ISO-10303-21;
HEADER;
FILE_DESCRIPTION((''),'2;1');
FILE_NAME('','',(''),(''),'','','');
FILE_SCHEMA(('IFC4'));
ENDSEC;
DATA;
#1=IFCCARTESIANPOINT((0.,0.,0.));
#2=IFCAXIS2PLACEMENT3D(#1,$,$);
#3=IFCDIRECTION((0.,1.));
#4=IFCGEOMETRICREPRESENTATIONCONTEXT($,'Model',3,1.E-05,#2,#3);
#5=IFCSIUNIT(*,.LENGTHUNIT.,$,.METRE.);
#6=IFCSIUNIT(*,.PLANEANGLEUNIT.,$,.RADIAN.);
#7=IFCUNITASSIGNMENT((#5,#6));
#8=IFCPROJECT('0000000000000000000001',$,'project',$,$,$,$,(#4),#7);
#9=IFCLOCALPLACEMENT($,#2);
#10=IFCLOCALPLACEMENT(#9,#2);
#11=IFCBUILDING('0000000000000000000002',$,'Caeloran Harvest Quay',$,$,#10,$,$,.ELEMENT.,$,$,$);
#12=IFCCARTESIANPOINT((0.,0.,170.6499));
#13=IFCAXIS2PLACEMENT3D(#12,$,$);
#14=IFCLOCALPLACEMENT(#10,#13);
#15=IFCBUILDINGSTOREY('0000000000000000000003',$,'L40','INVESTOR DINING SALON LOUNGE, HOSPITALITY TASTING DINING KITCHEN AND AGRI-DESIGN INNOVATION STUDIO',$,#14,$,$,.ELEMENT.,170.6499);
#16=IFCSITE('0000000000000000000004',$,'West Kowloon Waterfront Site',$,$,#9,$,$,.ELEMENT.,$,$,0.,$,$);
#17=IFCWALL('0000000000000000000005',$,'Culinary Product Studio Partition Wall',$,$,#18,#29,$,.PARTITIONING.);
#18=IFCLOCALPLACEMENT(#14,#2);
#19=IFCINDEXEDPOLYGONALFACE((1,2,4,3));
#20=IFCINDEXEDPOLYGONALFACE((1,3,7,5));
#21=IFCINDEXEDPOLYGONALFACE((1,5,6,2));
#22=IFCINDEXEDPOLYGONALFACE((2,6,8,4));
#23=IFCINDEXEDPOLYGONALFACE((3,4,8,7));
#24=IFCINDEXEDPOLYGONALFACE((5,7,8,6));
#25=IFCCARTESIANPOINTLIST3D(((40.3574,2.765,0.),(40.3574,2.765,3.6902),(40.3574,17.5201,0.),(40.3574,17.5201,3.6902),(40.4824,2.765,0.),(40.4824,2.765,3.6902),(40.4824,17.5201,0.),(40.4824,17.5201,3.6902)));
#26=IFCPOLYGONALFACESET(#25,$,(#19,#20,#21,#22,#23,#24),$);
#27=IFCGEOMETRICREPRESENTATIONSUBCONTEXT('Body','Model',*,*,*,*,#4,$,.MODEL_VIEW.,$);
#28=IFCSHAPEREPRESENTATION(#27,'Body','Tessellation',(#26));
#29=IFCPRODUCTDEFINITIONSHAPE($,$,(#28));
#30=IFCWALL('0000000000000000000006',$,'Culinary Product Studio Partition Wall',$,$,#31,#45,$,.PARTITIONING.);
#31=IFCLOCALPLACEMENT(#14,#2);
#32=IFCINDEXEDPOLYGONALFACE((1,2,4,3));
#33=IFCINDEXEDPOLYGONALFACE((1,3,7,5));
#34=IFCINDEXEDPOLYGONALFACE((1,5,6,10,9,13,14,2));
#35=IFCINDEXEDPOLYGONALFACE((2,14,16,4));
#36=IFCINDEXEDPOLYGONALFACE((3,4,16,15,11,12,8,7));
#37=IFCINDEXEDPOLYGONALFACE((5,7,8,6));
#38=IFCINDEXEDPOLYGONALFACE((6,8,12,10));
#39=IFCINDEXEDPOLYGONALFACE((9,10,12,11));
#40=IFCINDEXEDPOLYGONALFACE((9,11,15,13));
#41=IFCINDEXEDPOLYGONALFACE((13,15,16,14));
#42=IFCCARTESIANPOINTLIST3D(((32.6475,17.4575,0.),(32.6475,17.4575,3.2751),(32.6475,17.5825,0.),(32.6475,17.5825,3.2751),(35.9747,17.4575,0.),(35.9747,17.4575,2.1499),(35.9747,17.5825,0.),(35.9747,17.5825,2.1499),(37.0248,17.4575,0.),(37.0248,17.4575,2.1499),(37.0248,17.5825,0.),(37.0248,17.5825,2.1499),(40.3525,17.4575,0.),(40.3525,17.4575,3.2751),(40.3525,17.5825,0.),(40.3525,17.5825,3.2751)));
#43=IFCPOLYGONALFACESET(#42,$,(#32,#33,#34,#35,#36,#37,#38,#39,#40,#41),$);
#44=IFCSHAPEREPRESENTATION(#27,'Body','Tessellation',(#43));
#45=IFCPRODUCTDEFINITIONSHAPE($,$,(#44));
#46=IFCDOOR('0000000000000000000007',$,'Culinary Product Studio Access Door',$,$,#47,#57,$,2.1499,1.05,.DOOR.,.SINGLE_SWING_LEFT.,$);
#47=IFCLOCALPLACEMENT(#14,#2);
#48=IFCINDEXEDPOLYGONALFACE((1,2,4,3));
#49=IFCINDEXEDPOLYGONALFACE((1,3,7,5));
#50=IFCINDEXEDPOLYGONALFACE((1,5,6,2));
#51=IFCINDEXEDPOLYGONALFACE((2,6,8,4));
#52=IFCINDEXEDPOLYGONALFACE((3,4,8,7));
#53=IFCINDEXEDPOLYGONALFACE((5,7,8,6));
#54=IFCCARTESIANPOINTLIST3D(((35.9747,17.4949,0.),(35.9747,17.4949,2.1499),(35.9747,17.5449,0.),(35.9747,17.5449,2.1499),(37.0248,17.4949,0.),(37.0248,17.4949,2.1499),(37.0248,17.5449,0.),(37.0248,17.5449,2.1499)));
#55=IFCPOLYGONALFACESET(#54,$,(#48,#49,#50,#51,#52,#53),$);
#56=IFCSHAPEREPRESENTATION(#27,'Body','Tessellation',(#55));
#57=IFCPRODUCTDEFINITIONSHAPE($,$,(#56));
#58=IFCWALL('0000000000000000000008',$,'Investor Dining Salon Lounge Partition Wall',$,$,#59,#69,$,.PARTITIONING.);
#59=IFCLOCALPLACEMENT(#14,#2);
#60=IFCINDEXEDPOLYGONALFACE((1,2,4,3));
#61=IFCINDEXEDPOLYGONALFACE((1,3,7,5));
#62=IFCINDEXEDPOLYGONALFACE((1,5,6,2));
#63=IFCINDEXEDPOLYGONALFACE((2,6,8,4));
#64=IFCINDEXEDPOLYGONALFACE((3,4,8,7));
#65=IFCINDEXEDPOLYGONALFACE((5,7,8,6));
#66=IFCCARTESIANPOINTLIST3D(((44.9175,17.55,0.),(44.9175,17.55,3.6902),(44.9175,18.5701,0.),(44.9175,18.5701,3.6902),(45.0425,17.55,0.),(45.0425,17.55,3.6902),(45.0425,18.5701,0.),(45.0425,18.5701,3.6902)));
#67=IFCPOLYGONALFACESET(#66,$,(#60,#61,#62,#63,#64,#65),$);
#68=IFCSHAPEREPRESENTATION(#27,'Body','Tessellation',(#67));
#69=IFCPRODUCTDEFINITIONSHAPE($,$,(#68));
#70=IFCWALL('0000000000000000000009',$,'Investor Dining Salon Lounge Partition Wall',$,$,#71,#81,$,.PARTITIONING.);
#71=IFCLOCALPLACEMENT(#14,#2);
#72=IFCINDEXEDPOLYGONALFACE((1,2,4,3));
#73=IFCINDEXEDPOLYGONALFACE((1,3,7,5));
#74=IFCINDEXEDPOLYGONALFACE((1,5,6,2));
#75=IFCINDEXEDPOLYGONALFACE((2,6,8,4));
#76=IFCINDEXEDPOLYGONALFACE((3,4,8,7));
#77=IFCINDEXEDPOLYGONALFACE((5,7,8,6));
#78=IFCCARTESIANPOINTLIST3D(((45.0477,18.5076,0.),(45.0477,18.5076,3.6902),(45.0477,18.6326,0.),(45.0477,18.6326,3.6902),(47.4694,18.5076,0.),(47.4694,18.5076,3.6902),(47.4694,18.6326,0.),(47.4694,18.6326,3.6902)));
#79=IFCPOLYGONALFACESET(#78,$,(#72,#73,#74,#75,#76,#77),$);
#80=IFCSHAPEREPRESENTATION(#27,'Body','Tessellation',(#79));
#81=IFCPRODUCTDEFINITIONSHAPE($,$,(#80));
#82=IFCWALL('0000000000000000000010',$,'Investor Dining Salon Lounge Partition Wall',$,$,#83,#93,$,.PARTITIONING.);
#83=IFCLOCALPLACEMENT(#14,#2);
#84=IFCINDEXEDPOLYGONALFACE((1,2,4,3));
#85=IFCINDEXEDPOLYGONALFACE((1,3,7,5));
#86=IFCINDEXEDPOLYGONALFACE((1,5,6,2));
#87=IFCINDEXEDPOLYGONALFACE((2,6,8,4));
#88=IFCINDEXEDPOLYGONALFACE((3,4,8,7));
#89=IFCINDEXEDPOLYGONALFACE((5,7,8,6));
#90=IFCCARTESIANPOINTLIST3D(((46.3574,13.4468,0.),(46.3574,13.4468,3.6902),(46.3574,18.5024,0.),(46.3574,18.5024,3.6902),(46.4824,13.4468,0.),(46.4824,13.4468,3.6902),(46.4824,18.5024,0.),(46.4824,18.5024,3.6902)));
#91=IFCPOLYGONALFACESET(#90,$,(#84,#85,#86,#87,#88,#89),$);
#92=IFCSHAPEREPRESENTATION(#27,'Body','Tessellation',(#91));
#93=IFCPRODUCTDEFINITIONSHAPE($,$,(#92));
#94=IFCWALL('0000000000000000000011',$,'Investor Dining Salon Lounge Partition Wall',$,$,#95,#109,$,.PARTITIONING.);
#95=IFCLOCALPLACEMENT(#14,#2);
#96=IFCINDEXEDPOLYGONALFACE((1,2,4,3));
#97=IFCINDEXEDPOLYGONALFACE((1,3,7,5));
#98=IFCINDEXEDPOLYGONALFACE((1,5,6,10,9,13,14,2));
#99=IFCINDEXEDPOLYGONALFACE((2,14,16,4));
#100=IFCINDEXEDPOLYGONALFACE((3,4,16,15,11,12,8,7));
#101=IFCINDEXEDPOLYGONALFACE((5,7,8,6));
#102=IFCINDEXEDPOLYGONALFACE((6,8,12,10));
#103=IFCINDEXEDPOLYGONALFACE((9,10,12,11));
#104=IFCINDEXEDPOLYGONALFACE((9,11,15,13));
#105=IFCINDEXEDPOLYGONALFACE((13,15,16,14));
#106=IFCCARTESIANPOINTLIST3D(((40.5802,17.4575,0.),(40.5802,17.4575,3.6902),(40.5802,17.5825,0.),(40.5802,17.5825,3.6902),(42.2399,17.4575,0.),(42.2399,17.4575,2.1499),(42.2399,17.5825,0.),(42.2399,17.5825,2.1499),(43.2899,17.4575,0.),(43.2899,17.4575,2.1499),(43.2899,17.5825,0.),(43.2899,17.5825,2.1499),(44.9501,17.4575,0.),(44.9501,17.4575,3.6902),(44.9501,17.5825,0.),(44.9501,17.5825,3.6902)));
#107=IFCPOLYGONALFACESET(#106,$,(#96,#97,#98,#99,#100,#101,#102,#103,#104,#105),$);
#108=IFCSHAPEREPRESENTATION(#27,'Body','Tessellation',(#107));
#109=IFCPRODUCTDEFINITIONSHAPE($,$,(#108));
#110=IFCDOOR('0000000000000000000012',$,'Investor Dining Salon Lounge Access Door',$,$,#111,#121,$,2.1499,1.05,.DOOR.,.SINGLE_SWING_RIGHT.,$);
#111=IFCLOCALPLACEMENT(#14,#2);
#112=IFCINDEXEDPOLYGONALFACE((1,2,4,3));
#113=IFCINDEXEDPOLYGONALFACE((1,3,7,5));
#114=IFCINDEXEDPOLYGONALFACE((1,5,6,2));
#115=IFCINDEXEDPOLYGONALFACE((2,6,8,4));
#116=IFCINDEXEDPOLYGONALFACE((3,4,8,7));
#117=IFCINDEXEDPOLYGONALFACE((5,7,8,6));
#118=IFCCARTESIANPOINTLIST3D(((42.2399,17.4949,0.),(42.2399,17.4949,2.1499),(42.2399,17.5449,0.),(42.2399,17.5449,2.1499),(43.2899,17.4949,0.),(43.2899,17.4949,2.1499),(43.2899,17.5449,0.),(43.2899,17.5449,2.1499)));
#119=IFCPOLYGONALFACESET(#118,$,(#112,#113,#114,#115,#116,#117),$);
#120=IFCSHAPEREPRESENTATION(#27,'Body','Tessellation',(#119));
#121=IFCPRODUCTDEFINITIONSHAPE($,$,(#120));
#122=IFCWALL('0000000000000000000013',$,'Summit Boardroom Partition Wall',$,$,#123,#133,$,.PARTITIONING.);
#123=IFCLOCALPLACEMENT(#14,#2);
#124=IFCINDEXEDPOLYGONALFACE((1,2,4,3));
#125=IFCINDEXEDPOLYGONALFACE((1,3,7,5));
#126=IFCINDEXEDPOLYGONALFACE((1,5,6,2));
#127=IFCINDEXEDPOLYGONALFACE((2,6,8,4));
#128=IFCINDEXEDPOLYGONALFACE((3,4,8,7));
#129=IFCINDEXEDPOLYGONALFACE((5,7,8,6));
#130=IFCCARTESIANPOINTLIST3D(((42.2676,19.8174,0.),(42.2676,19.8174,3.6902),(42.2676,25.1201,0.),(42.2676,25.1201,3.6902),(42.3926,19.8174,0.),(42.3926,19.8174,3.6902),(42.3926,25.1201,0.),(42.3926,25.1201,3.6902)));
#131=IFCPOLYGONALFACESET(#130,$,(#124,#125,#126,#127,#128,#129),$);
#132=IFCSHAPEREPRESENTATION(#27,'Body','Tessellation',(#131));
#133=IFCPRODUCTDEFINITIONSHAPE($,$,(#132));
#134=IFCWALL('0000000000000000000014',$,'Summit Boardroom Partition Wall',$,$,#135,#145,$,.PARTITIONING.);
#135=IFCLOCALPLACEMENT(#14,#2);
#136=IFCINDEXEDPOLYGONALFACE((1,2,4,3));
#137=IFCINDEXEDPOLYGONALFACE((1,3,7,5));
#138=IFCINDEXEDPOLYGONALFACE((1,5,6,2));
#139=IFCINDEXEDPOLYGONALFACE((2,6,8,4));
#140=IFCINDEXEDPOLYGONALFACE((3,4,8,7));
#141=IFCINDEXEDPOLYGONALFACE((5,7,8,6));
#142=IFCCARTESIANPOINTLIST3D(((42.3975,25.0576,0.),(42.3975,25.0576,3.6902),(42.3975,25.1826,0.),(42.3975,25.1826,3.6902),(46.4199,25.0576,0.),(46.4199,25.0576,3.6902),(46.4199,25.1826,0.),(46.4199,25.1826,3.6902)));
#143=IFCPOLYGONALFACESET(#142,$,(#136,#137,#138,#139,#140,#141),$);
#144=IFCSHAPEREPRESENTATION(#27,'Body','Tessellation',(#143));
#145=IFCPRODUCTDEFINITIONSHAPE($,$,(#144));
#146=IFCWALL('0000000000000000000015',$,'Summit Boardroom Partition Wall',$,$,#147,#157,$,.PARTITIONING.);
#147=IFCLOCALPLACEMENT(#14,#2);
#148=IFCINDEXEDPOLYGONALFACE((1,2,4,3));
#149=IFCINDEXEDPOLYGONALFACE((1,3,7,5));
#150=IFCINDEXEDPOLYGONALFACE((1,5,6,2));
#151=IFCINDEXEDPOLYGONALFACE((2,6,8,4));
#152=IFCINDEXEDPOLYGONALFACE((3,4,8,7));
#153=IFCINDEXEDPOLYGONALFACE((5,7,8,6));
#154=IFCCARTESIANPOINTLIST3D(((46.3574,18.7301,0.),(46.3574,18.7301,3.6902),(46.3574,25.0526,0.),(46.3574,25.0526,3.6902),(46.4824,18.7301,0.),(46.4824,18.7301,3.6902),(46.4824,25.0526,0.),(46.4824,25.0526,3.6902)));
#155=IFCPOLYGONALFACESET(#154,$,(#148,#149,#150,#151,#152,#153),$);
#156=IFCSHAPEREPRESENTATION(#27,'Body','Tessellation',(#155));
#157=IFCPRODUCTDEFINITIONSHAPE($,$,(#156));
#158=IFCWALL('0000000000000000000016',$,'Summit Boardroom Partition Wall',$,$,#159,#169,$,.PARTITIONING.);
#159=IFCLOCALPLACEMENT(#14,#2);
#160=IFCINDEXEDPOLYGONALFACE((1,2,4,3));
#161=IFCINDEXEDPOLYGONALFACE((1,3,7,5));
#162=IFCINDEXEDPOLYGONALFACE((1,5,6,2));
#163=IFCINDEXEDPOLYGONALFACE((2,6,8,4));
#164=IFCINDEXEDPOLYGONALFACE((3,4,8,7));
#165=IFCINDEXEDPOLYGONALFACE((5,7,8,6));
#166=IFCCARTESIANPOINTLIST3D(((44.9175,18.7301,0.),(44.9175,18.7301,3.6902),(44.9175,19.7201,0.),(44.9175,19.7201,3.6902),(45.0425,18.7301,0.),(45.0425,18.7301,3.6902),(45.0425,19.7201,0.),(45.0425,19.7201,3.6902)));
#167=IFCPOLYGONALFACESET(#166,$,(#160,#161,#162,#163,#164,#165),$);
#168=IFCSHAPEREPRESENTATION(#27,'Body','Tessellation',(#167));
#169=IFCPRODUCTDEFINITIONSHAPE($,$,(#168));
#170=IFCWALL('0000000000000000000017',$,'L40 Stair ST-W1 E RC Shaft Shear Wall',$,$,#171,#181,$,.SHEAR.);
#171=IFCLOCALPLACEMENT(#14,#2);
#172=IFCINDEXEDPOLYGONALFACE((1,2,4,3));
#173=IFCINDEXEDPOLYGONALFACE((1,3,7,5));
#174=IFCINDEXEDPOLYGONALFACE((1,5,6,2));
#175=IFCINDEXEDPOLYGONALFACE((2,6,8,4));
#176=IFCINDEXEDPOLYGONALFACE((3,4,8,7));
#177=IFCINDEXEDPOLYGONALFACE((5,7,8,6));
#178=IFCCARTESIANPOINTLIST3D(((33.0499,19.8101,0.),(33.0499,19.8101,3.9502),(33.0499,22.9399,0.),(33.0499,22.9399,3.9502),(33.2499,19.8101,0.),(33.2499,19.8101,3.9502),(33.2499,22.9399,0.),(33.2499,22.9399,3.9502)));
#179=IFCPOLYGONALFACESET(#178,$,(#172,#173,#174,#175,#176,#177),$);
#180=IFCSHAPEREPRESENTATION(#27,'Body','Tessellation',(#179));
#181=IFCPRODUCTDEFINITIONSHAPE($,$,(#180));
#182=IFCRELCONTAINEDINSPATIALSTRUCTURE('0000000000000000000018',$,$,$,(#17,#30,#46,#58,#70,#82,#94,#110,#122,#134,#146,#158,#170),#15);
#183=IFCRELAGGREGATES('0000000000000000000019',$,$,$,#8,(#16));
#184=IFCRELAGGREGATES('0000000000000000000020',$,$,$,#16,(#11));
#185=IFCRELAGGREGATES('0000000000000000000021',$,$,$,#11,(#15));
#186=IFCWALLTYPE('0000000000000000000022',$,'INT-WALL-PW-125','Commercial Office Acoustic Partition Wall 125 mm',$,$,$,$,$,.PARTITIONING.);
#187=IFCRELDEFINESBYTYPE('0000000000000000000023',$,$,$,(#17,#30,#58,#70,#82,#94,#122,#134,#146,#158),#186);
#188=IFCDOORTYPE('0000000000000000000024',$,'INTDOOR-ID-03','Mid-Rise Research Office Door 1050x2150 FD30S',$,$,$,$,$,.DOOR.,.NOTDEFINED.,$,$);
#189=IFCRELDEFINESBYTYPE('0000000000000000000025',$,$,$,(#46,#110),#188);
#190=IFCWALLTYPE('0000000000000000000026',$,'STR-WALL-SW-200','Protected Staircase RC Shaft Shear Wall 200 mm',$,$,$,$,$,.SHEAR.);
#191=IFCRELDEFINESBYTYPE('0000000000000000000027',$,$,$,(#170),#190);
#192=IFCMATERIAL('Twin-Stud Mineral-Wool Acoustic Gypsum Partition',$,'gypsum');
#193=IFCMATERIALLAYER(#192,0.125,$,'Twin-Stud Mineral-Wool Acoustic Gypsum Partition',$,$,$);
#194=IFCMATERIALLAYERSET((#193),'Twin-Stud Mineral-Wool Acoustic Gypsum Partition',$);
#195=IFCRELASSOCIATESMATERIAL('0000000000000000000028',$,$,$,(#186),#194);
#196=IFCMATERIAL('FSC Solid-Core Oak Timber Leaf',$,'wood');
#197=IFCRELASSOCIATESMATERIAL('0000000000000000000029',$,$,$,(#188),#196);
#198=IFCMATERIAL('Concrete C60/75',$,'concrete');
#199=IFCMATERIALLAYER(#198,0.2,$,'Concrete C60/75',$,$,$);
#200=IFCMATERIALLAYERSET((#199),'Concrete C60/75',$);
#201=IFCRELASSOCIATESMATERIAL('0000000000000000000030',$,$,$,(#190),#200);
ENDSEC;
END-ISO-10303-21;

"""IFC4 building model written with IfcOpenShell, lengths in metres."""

from ifc_helpers import new_model, si_unit, direction, frame, frame_2d, origin, place, context, subcontext, project, spatial, rectangle, extrude, material, layer, layer_set, type_object, element, fill, save


model = new_model("IFC4")

# Units and contexts
model_context = context("Model", 3, precision=1e-05, world=origin(), true_north=direction((0.0, 1.0)))
body_context = subcontext(model_context, "Body", "Model", "MODEL_VIEW")
ifc_project = project(units=[si_unit("LENGTHUNIT", "METRE"), si_unit("PLANEANGLEUNIT", "RADIAN")], contexts=[model_context])

# Site, building, storey
site_placement = place(None, origin())
site = spatial("IfcSite", under=ifc_project, at=site_placement, Name="West Kowloon Waterfront Site", CompositionType="ELEMENT", RefElevation=0.0)
building_placement = place(site_placement, origin())
building = spatial("IfcBuilding", under=site, at=building_placement, Name="Caeloran Harvest Quay", CompositionType="ELEMENT")
storey_placement = place(building_placement, frame((0.0, 0.0, 170.6499)))
storey = spatial("IfcBuildingStorey", under=building, at=storey_placement, Name="L40", Description="INVESTOR DINING SALON LOUNGE, HOSPITALITY TASTING DINING KITCHEN AND AGRI-DESIGN INNOVATION STUDIO", CompositionType="ELEMENT", Elevation=170.6499)

# Wall
ifc_material_1 = material(Name="Twin-Stud Mineral-Wool Acoustic Gypsum Partition", Category="gypsum")
ifc_layer_1 = layer(ifc_material_1, 0.125, Name="Twin-Stud Mineral-Wool Acoustic Gypsum Partition")
ifc_layer_set_1 = layer_set([ifc_layer_1], Name="Twin-Stud Mineral-Wool Acoustic Gypsum Partition")
wall_type_1 = type_object("IfcWallType", Name="INT-WALL-PW-125", Description="Commercial Office Acoustic Partition Wall 125 mm", PredefinedType="PARTITIONING", material=ifc_layer_set_1)
wall_1_placement = place(storey_placement, frame((40.4199, 17.52, 0.0), z_axis=(0.0, 0.0, 1.0), x_axis=(0.0, -1.0, 0.0)))
element("IfcWall", 1, at=wall_1_placement, inside=storey, type_object=wall_type_1, Name="Culinary Product Studio Partition Wall", PredefinedType="PARTITIONING", context=body_context, shape_type="SweptSolid", body=[
    extrude(rectangle(XDim=14.7551, YDim=0.125, at=frame_2d((7.3774, 0.0))), origin(), (0.0, 0.0, 1.0), 3.6902),
])

# Wall, opening, door
wall_2_placement = place(storey_placement, frame((32.6475, 17.52, 0.0), z_axis=(0.0, 0.0, 1.0), x_axis=(1.0, 0.0, 0.0)))
wall_2 = element("IfcWall", 2, at=wall_2_placement, inside=storey, type_object=wall_type_1, Name="Culinary Product Studio Partition Wall", PredefinedType="PARTITIONING", context=body_context, shape_type="SweptSolid", body=[
    extrude(rectangle(XDim=7.7051, YDim=0.125, at=frame_2d((3.8525, 0.0))), origin(), (0.0, 0.0, 1.0), 3.2751),
])
opening_1_placement = place(wall_2_placement, frame((3.3274, 0.0, 0.0)))
opening_1 = element("IfcOpeningElement", 3, at=opening_1_placement, cuts=wall_2, PredefinedType="OPENING", context=body_context, shape_type="SweptSolid", body=[
    extrude(rectangle(XDim=1.05, YDim=2.1499, at=frame_2d((0.5249, 1.075))), frame((0.0, 0.0725, 0.0), z_axis=(0.0, -1.0, 0.0), x_axis=(1.0, 0.0, 0.0)), (0.0, 0.0, 1.0), 0.145),
])
ifc_material_2 = material(Name="FSC Solid-Core Oak Timber Leaf", Category="wood")
door_type = type_object("IfcDoorType", Name="INTDOOR-ID-03", Description="Mid-Rise Research Office Door 1050x2150 FD30S", OperationType="NOTDEFINED", PredefinedType="DOOR", material=ifc_material_2)
door_1_placement = place(opening_1_placement, origin())
door_1 = element("IfcDoor", 4, at=door_1_placement, inside=storey, type_object=door_type, Name="Culinary Product Studio Access Door", OperationType="SINGLE_SWING_LEFT", OverallHeight=2.1499, OverallWidth=1.05, PredefinedType="DOOR", context=body_context, shape_type="SweptSolid", body=[
    extrude(rectangle(XDim=1.05, YDim=2.1499, at=frame_2d((0.5249, 1.075))), frame((0.0, 0.0249, 0.0), z_axis=(0.0, -1.0, 0.0), x_axis=(1.0, 0.0, 0.0)), (0.0, 0.0, 1.0), 0.05),
])
fill(opening_1, door_1)

# Walls
wall_3_placement = place(storey_placement, frame((44.98, 17.55, 0.0), z_axis=(0.0, 0.0, 1.0), x_axis=(0.0, 1.0, 0.0)))
element("IfcWall", 5, at=wall_3_placement, inside=storey, type_object=wall_type_1, Name="Investor Dining Salon Lounge Partition Wall", PredefinedType="PARTITIONING", context=body_context, shape_type="SweptSolid", body=[
    extrude(rectangle(XDim=1.02, YDim=0.125, at=frame_2d((0.51, 0.0))), origin(), (0.0, 0.0, 1.0), 3.6902),
])
wall_4_placement = place(storey_placement, frame((45.0476, 18.5701, 0.0), z_axis=(0.0, 0.0, 1.0), x_axis=(1.0, 0.0, 0.0)))
element("IfcWall", 6, at=wall_4_placement, inside=storey, type_object=wall_type_1, Name="Investor Dining Salon Lounge Partition Wall", PredefinedType="PARTITIONING", context=body_context, shape_type="SweptSolid", body=[
    extrude(rectangle(XDim=2.4216, YDim=0.125, at=frame_2d((1.2109, 0.0))), origin(), (0.0, 0.0, 1.0), 3.6902),
])
wall_5_placement = place(storey_placement, frame((46.4199, 18.5024, 0.0), z_axis=(0.0, 0.0, 1.0), x_axis=(0.0, -1.0, 0.0)))
element("IfcWall", 7, at=wall_5_placement, inside=storey, type_object=wall_type_1, Name="Investor Dining Salon Lounge Partition Wall", PredefinedType="PARTITIONING", context=body_context, shape_type="SweptSolid", body=[
    extrude(rectangle(XDim=5.0557, YDim=0.125, at=frame_2d((2.5278, 0.0))), origin(), (0.0, 0.0, 1.0), 3.6902),
])

# Wall, opening, door
wall_6_placement = place(storey_placement, frame((40.5801, 17.52, 0.0), z_axis=(0.0, 0.0, 1.0), x_axis=(1.0, 0.0, 0.0)))
wall_6 = element("IfcWall", 8, at=wall_6_placement, inside=storey, type_object=wall_type_1, Name="Investor Dining Salon Lounge Partition Wall", PredefinedType="PARTITIONING", context=body_context, shape_type="SweptSolid", body=[
    extrude(rectangle(XDim=4.3699, YDim=0.125, at=frame_2d((2.1851, 0.0))), origin(), (0.0, 0.0, 1.0), 3.6902),
])
opening_2_placement = place(wall_6_placement, frame((1.6599, 0.0, 0.0)))
opening_2 = element("IfcOpeningElement", 9, at=opening_2_placement, cuts=wall_6, PredefinedType="OPENING", context=body_context, shape_type="SweptSolid", body=[
    extrude(rectangle(XDim=1.05, YDim=2.1499, at=frame_2d((0.5249, 1.075))), frame((0.0, 0.0725, 0.0), z_axis=(0.0, -1.0, 0.0), x_axis=(1.0, 0.0, 0.0)), (0.0, 0.0, 1.0), 0.145),
])
door_2_placement = place(opening_2_placement, origin())
door_2 = element("IfcDoor", 10, at=door_2_placement, inside=storey, type_object=door_type, Name="Investor Dining Salon Lounge Access Door", OperationType="SINGLE_SWING_RIGHT", OverallHeight=2.1499, OverallWidth=1.05, PredefinedType="DOOR", context=body_context, shape_type="SweptSolid", body=[
    extrude(rectangle(XDim=1.05, YDim=2.1499, at=frame_2d((0.5249, 1.075))), frame((0.0, 0.0249, 0.0), z_axis=(0.0, -1.0, 0.0), x_axis=(1.0, 0.0, 0.0)), (0.0, 0.0, 1.0), 0.05),
])
fill(opening_2, door_2)

# Walls
wall_7_placement = place(storey_placement, frame((42.3301, 19.8174, 0.0), z_axis=(0.0, 0.0, 1.0), x_axis=(0.0, 1.0, 0.0)))
element("IfcWall", 11, at=wall_7_placement, inside=storey, type_object=wall_type_1, Name="Summit Boardroom Partition Wall", PredefinedType="PARTITIONING", context=body_context, shape_type="SweptSolid", body=[
    extrude(rectangle(XDim=5.3027, YDim=0.125, at=frame_2d((2.6514, 0.0))), origin(), (0.0, 0.0, 1.0), 3.6902),
])
wall_8_placement = place(storey_placement, frame((42.3975, 25.1201, 0.0), z_axis=(0.0, 0.0, 1.0), x_axis=(1.0, 0.0, 0.0)))
element("IfcWall", 12, at=wall_8_placement, inside=storey, type_object=wall_type_1, Name="Summit Boardroom Partition Wall", PredefinedType="PARTITIONING", context=body_context, shape_type="SweptSolid", body=[
    extrude(rectangle(XDim=4.0225, YDim=0.125, at=frame_2d((2.0112, 0.0))), origin(), (0.0, 0.0, 1.0), 3.6902),
])
wall_9_placement = place(storey_placement, frame((46.4199, 25.0525, 0.0), z_axis=(0.0, 0.0, 1.0), x_axis=(0.0, -1.0, 0.0)))
element("IfcWall", 13, at=wall_9_placement, inside=storey, type_object=wall_type_1, Name="Summit Boardroom Partition Wall", PredefinedType="PARTITIONING", context=body_context, shape_type="SweptSolid", body=[
    extrude(rectangle(XDim=6.3225, YDim=0.125, at=frame_2d((3.1611, 0.0))), origin(), (0.0, 0.0, 1.0), 3.6902),
])
wall_10_placement = place(storey_placement, frame((44.98, 18.73, 0.0), z_axis=(0.0, 0.0, 1.0), x_axis=(0.0, 1.0, 0.0)))
element("IfcWall", 14, at=wall_10_placement, inside=storey, type_object=wall_type_1, Name="Summit Boardroom Partition Wall", PredefinedType="PARTITIONING", context=body_context, shape_type="SweptSolid", body=[
    extrude(rectangle(XDim=0.99, YDim=0.125, at=frame_2d((0.4951, 0.0))), origin(), (0.0, 0.0, 1.0), 3.6902),
])
ifc_material_3 = material(Name="Concrete C60/75", Category="concrete")
ifc_layer_2 = layer(ifc_material_3, 0.2, Name="Concrete C60/75")
ifc_layer_set_2 = layer_set([ifc_layer_2], Name="Concrete C60/75")
wall_type_2 = type_object("IfcWallType", Name="STR-WALL-SW-200", Description="Protected Staircase RC Shaft Shear Wall 200 mm", PredefinedType="SHEAR", material=ifc_layer_set_2)
wall_11_placement = place(storey_placement, frame((33.1499, 19.8101, 0.0), z_axis=(0.0, 0.0, 1.0), x_axis=(0.0, 1.0, 0.0)))
element("IfcWall", 15, at=wall_11_placement, inside=storey, type_object=wall_type_2, Name="L40 Stair ST-W1 E RC Shaft Shear Wall", PredefinedType="SHEAR", context=body_context, shape_type="SweptSolid", body=[
    extrude(rectangle(XDim=3.1299, YDim=0.2, at=frame_2d((1.5649, 0.0))), origin(), (0.0, 0.0, 1.0), 3.9502),
])

save(model, "model.ifc")
